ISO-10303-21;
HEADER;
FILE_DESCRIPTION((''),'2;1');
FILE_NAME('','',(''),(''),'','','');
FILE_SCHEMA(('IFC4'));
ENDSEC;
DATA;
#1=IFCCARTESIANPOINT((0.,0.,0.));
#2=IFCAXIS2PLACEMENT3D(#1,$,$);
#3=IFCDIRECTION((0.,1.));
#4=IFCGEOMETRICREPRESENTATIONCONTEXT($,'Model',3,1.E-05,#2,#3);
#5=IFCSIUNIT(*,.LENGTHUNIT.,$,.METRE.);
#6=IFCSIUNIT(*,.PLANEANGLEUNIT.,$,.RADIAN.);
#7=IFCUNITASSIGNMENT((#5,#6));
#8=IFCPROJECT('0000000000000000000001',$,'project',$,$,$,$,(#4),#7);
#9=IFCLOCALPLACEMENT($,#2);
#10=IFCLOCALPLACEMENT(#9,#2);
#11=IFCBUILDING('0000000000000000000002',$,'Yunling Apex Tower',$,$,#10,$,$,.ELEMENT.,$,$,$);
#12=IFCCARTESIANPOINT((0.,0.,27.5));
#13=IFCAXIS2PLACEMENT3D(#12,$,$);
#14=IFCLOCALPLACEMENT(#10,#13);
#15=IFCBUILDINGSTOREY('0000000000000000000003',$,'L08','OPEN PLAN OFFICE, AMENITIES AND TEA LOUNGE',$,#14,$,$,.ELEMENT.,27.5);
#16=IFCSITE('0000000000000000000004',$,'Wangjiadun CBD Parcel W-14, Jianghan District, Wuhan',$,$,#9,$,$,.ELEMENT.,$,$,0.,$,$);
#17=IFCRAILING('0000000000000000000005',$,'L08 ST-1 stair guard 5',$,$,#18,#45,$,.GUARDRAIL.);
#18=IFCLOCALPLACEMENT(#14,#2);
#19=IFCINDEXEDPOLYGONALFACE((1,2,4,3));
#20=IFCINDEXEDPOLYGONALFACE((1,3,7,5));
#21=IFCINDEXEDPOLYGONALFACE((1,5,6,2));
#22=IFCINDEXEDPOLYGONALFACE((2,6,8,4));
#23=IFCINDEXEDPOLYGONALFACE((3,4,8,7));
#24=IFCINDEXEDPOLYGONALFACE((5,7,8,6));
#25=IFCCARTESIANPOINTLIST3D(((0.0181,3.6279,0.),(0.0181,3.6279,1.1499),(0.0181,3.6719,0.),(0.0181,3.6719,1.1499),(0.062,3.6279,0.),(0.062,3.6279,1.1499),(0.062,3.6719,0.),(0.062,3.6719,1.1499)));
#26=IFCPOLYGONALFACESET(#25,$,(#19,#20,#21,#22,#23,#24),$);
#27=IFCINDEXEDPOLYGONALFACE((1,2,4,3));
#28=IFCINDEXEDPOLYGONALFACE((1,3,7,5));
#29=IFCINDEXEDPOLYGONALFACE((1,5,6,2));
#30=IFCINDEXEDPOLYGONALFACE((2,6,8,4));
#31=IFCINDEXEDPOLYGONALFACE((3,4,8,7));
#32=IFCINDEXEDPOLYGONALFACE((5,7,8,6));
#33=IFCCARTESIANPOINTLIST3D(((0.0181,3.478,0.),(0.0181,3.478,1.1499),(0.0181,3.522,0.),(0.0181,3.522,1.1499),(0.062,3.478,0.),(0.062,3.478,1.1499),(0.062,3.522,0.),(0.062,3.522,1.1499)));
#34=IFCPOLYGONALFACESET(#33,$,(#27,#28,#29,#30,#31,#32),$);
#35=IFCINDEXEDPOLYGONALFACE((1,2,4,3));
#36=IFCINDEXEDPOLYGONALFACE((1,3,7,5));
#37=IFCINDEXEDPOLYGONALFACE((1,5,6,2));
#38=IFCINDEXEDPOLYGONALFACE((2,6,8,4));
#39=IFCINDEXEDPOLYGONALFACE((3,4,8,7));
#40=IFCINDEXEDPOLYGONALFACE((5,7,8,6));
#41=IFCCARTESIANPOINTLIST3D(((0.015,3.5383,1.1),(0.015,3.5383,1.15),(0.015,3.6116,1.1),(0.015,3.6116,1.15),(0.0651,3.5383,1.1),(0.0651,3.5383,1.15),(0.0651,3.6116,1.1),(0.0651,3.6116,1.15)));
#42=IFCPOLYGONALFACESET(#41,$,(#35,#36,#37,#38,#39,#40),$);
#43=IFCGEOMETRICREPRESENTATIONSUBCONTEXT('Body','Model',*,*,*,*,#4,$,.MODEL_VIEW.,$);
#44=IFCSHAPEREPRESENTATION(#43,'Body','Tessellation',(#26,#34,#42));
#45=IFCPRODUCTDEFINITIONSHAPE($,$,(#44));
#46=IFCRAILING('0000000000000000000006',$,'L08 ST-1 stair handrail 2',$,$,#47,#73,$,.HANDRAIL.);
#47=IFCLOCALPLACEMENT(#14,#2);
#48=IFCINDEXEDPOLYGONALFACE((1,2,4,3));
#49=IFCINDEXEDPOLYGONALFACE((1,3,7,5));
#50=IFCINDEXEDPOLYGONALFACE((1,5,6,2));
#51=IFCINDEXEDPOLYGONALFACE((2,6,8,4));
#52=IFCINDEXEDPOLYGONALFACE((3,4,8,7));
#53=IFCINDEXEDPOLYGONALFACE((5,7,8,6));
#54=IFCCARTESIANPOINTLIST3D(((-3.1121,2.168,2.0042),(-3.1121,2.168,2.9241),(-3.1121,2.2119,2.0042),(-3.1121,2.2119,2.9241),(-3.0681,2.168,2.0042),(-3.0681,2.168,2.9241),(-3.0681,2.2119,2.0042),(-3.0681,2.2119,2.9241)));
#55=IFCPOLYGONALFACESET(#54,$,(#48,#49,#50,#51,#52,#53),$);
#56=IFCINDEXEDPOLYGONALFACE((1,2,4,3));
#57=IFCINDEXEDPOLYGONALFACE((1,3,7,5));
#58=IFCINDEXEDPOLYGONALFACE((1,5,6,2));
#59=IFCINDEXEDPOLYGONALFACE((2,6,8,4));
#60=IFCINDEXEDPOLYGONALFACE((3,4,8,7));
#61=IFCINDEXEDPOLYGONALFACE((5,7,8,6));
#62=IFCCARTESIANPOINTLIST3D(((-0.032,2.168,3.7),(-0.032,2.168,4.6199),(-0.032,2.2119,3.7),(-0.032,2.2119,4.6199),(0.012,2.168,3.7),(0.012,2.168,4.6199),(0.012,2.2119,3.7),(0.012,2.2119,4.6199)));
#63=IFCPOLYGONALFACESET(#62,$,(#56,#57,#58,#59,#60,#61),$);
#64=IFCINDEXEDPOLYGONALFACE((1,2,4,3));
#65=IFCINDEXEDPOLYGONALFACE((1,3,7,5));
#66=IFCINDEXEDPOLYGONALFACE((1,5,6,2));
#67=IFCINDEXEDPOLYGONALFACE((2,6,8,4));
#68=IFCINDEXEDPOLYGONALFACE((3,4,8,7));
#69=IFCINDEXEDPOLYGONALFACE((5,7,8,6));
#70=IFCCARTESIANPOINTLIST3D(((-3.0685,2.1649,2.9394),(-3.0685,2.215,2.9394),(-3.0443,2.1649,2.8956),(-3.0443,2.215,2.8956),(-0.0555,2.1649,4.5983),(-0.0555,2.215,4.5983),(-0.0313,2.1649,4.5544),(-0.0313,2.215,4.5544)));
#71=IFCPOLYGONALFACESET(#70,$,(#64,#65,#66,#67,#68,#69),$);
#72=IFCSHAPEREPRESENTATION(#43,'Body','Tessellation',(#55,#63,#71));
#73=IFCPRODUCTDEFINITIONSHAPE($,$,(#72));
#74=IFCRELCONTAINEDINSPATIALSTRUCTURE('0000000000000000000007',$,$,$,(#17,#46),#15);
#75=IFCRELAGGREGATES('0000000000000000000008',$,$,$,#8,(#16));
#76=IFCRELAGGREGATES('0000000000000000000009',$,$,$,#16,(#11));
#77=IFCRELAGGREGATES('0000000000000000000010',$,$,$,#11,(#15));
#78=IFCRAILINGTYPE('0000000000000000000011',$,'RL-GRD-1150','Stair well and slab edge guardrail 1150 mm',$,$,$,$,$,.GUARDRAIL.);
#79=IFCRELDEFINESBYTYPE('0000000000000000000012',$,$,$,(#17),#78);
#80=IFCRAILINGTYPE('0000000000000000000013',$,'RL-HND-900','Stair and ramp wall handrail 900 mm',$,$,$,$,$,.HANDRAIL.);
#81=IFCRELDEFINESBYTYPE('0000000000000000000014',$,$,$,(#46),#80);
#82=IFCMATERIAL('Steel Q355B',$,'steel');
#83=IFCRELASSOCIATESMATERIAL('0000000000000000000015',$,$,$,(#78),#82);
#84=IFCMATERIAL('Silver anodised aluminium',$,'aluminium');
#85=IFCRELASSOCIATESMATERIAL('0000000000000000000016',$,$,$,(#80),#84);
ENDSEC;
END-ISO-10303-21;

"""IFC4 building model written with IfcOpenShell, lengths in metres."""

from ifc_helpers import new_model, si_unit, direction, frame, origin, origin_2d, place, context, subcontext, project, spatial, rectangle, extrude, material, type_object, element, save


model = new_model("IFC4")

# Units and contexts
model_context = context("Model", 3, precision=1e-05, world=origin(), true_north=direction((0.0, 1.0)))
body_context = subcontext(model_context, "Body", "Model", "MODEL_VIEW")
ifc_project = project(units=[si_unit("LENGTHUNIT", "METRE"), si_unit("PLANEANGLEUNIT", "RADIAN")], contexts=[model_context])

# Site, building, storey
site_placement = place(None, origin())
site = spatial("IfcSite", under=ifc_project, at=site_placement, Name="Wangjiadun CBD Parcel W-14, Jianghan District, Wuhan", CompositionType="ELEMENT", RefElevation=0.0)
building_placement = place(site_placement, origin())
building = spatial("IfcBuilding", under=site, at=building_placement, Name="Yunling Apex Tower", CompositionType="ELEMENT")
storey_placement = place(building_placement, frame((0.0, 0.0, 27.5)))
storey = spatial("IfcBuildingStorey", under=building, at=storey_placement, Name="L08", Description="OPEN PLAN OFFICE, AMENITIES AND TEA LOUNGE", CompositionType="ELEMENT", Elevation=27.5)

# Shared definitions
ifc_material_1 = material(Name="Steel Q355B", Category="steel")

# Railings
railing_type_1 = type_object("IfcRailingType", Name="RL-GRD-1150", Description="Stair well and slab edge guardrail 1150 mm", PredefinedType="GUARDRAIL", material=ifc_material_1)
railing_1_placement = place(storey_placement, frame((0.04, 3.6499, 0.0)))
element("IfcRailing", 1, at=railing_1_placement, inside=storey, type_object=railing_type_1, Name="L08 ST-1 stair guard 5", PredefinedType="GUARDRAIL", context=body_context, shape_type="SweptSolid", body=[
    extrude(rectangle(XDim=0.0439, YDim=0.0439, at=origin_2d()), origin(), (0.0, 0.0, 1.0), 1.1499),
    extrude(rectangle(XDim=0.0439, YDim=0.0439, at=origin_2d()), frame((0.0, -0.1499, 0.0)), (0.0, 0.0, 1.0), 1.1499),
    extrude(rectangle(XDim=0.05, YDim=0.05, at=origin_2d()), frame((0.0, -0.0383, 1.125), z_axis=(0.0, -1.0, 0.0), x_axis=(1.0, 0.0, 0.0)), (0.0, 0.0, 1.0), 0.0732),
])
ifc_material_2 = material(Name="Silver anodised aluminium", Category="aluminium")
railing_type_2 = type_object("IfcRailingType", Name="RL-HND-900", Description="Stair and ramp wall handrail 900 mm", PredefinedType="HANDRAIL", material=ifc_material_2)
railing_2_placement = place(storey_placement, frame((-3.0901, 2.1899, 2.0042)))
element("IfcRailing", 2, at=railing_2_placement, inside=storey, type_object=railing_type_2, Name="L08 ST-1 stair handrail 2", PredefinedType="HANDRAIL", context=body_context, shape_type="SweptSolid", body=[
    extrude(rectangle(XDim=0.0439, YDim=0.0439, at=origin_2d()), origin(), (0.0, 0.0, 1.0), 0.9199),
    extrude(rectangle(XDim=0.0439, YDim=0.0439, at=origin_2d()), frame((3.0801, 0.0, 1.6958)), (0.0, 0.0, 1.0), 0.9199),
    extrude(rectangle(XDim=0.05, YDim=0.05, at=origin_2d()), frame((0.0337, 0.0, 0.9133), z_axis=(0.876005, 0.0, 0.482303), x_axis=(0.0, 1.0, 0.0)), (0.0, 0.0, 1.0), 3.4395),
])

save(model, "model.ifc")
